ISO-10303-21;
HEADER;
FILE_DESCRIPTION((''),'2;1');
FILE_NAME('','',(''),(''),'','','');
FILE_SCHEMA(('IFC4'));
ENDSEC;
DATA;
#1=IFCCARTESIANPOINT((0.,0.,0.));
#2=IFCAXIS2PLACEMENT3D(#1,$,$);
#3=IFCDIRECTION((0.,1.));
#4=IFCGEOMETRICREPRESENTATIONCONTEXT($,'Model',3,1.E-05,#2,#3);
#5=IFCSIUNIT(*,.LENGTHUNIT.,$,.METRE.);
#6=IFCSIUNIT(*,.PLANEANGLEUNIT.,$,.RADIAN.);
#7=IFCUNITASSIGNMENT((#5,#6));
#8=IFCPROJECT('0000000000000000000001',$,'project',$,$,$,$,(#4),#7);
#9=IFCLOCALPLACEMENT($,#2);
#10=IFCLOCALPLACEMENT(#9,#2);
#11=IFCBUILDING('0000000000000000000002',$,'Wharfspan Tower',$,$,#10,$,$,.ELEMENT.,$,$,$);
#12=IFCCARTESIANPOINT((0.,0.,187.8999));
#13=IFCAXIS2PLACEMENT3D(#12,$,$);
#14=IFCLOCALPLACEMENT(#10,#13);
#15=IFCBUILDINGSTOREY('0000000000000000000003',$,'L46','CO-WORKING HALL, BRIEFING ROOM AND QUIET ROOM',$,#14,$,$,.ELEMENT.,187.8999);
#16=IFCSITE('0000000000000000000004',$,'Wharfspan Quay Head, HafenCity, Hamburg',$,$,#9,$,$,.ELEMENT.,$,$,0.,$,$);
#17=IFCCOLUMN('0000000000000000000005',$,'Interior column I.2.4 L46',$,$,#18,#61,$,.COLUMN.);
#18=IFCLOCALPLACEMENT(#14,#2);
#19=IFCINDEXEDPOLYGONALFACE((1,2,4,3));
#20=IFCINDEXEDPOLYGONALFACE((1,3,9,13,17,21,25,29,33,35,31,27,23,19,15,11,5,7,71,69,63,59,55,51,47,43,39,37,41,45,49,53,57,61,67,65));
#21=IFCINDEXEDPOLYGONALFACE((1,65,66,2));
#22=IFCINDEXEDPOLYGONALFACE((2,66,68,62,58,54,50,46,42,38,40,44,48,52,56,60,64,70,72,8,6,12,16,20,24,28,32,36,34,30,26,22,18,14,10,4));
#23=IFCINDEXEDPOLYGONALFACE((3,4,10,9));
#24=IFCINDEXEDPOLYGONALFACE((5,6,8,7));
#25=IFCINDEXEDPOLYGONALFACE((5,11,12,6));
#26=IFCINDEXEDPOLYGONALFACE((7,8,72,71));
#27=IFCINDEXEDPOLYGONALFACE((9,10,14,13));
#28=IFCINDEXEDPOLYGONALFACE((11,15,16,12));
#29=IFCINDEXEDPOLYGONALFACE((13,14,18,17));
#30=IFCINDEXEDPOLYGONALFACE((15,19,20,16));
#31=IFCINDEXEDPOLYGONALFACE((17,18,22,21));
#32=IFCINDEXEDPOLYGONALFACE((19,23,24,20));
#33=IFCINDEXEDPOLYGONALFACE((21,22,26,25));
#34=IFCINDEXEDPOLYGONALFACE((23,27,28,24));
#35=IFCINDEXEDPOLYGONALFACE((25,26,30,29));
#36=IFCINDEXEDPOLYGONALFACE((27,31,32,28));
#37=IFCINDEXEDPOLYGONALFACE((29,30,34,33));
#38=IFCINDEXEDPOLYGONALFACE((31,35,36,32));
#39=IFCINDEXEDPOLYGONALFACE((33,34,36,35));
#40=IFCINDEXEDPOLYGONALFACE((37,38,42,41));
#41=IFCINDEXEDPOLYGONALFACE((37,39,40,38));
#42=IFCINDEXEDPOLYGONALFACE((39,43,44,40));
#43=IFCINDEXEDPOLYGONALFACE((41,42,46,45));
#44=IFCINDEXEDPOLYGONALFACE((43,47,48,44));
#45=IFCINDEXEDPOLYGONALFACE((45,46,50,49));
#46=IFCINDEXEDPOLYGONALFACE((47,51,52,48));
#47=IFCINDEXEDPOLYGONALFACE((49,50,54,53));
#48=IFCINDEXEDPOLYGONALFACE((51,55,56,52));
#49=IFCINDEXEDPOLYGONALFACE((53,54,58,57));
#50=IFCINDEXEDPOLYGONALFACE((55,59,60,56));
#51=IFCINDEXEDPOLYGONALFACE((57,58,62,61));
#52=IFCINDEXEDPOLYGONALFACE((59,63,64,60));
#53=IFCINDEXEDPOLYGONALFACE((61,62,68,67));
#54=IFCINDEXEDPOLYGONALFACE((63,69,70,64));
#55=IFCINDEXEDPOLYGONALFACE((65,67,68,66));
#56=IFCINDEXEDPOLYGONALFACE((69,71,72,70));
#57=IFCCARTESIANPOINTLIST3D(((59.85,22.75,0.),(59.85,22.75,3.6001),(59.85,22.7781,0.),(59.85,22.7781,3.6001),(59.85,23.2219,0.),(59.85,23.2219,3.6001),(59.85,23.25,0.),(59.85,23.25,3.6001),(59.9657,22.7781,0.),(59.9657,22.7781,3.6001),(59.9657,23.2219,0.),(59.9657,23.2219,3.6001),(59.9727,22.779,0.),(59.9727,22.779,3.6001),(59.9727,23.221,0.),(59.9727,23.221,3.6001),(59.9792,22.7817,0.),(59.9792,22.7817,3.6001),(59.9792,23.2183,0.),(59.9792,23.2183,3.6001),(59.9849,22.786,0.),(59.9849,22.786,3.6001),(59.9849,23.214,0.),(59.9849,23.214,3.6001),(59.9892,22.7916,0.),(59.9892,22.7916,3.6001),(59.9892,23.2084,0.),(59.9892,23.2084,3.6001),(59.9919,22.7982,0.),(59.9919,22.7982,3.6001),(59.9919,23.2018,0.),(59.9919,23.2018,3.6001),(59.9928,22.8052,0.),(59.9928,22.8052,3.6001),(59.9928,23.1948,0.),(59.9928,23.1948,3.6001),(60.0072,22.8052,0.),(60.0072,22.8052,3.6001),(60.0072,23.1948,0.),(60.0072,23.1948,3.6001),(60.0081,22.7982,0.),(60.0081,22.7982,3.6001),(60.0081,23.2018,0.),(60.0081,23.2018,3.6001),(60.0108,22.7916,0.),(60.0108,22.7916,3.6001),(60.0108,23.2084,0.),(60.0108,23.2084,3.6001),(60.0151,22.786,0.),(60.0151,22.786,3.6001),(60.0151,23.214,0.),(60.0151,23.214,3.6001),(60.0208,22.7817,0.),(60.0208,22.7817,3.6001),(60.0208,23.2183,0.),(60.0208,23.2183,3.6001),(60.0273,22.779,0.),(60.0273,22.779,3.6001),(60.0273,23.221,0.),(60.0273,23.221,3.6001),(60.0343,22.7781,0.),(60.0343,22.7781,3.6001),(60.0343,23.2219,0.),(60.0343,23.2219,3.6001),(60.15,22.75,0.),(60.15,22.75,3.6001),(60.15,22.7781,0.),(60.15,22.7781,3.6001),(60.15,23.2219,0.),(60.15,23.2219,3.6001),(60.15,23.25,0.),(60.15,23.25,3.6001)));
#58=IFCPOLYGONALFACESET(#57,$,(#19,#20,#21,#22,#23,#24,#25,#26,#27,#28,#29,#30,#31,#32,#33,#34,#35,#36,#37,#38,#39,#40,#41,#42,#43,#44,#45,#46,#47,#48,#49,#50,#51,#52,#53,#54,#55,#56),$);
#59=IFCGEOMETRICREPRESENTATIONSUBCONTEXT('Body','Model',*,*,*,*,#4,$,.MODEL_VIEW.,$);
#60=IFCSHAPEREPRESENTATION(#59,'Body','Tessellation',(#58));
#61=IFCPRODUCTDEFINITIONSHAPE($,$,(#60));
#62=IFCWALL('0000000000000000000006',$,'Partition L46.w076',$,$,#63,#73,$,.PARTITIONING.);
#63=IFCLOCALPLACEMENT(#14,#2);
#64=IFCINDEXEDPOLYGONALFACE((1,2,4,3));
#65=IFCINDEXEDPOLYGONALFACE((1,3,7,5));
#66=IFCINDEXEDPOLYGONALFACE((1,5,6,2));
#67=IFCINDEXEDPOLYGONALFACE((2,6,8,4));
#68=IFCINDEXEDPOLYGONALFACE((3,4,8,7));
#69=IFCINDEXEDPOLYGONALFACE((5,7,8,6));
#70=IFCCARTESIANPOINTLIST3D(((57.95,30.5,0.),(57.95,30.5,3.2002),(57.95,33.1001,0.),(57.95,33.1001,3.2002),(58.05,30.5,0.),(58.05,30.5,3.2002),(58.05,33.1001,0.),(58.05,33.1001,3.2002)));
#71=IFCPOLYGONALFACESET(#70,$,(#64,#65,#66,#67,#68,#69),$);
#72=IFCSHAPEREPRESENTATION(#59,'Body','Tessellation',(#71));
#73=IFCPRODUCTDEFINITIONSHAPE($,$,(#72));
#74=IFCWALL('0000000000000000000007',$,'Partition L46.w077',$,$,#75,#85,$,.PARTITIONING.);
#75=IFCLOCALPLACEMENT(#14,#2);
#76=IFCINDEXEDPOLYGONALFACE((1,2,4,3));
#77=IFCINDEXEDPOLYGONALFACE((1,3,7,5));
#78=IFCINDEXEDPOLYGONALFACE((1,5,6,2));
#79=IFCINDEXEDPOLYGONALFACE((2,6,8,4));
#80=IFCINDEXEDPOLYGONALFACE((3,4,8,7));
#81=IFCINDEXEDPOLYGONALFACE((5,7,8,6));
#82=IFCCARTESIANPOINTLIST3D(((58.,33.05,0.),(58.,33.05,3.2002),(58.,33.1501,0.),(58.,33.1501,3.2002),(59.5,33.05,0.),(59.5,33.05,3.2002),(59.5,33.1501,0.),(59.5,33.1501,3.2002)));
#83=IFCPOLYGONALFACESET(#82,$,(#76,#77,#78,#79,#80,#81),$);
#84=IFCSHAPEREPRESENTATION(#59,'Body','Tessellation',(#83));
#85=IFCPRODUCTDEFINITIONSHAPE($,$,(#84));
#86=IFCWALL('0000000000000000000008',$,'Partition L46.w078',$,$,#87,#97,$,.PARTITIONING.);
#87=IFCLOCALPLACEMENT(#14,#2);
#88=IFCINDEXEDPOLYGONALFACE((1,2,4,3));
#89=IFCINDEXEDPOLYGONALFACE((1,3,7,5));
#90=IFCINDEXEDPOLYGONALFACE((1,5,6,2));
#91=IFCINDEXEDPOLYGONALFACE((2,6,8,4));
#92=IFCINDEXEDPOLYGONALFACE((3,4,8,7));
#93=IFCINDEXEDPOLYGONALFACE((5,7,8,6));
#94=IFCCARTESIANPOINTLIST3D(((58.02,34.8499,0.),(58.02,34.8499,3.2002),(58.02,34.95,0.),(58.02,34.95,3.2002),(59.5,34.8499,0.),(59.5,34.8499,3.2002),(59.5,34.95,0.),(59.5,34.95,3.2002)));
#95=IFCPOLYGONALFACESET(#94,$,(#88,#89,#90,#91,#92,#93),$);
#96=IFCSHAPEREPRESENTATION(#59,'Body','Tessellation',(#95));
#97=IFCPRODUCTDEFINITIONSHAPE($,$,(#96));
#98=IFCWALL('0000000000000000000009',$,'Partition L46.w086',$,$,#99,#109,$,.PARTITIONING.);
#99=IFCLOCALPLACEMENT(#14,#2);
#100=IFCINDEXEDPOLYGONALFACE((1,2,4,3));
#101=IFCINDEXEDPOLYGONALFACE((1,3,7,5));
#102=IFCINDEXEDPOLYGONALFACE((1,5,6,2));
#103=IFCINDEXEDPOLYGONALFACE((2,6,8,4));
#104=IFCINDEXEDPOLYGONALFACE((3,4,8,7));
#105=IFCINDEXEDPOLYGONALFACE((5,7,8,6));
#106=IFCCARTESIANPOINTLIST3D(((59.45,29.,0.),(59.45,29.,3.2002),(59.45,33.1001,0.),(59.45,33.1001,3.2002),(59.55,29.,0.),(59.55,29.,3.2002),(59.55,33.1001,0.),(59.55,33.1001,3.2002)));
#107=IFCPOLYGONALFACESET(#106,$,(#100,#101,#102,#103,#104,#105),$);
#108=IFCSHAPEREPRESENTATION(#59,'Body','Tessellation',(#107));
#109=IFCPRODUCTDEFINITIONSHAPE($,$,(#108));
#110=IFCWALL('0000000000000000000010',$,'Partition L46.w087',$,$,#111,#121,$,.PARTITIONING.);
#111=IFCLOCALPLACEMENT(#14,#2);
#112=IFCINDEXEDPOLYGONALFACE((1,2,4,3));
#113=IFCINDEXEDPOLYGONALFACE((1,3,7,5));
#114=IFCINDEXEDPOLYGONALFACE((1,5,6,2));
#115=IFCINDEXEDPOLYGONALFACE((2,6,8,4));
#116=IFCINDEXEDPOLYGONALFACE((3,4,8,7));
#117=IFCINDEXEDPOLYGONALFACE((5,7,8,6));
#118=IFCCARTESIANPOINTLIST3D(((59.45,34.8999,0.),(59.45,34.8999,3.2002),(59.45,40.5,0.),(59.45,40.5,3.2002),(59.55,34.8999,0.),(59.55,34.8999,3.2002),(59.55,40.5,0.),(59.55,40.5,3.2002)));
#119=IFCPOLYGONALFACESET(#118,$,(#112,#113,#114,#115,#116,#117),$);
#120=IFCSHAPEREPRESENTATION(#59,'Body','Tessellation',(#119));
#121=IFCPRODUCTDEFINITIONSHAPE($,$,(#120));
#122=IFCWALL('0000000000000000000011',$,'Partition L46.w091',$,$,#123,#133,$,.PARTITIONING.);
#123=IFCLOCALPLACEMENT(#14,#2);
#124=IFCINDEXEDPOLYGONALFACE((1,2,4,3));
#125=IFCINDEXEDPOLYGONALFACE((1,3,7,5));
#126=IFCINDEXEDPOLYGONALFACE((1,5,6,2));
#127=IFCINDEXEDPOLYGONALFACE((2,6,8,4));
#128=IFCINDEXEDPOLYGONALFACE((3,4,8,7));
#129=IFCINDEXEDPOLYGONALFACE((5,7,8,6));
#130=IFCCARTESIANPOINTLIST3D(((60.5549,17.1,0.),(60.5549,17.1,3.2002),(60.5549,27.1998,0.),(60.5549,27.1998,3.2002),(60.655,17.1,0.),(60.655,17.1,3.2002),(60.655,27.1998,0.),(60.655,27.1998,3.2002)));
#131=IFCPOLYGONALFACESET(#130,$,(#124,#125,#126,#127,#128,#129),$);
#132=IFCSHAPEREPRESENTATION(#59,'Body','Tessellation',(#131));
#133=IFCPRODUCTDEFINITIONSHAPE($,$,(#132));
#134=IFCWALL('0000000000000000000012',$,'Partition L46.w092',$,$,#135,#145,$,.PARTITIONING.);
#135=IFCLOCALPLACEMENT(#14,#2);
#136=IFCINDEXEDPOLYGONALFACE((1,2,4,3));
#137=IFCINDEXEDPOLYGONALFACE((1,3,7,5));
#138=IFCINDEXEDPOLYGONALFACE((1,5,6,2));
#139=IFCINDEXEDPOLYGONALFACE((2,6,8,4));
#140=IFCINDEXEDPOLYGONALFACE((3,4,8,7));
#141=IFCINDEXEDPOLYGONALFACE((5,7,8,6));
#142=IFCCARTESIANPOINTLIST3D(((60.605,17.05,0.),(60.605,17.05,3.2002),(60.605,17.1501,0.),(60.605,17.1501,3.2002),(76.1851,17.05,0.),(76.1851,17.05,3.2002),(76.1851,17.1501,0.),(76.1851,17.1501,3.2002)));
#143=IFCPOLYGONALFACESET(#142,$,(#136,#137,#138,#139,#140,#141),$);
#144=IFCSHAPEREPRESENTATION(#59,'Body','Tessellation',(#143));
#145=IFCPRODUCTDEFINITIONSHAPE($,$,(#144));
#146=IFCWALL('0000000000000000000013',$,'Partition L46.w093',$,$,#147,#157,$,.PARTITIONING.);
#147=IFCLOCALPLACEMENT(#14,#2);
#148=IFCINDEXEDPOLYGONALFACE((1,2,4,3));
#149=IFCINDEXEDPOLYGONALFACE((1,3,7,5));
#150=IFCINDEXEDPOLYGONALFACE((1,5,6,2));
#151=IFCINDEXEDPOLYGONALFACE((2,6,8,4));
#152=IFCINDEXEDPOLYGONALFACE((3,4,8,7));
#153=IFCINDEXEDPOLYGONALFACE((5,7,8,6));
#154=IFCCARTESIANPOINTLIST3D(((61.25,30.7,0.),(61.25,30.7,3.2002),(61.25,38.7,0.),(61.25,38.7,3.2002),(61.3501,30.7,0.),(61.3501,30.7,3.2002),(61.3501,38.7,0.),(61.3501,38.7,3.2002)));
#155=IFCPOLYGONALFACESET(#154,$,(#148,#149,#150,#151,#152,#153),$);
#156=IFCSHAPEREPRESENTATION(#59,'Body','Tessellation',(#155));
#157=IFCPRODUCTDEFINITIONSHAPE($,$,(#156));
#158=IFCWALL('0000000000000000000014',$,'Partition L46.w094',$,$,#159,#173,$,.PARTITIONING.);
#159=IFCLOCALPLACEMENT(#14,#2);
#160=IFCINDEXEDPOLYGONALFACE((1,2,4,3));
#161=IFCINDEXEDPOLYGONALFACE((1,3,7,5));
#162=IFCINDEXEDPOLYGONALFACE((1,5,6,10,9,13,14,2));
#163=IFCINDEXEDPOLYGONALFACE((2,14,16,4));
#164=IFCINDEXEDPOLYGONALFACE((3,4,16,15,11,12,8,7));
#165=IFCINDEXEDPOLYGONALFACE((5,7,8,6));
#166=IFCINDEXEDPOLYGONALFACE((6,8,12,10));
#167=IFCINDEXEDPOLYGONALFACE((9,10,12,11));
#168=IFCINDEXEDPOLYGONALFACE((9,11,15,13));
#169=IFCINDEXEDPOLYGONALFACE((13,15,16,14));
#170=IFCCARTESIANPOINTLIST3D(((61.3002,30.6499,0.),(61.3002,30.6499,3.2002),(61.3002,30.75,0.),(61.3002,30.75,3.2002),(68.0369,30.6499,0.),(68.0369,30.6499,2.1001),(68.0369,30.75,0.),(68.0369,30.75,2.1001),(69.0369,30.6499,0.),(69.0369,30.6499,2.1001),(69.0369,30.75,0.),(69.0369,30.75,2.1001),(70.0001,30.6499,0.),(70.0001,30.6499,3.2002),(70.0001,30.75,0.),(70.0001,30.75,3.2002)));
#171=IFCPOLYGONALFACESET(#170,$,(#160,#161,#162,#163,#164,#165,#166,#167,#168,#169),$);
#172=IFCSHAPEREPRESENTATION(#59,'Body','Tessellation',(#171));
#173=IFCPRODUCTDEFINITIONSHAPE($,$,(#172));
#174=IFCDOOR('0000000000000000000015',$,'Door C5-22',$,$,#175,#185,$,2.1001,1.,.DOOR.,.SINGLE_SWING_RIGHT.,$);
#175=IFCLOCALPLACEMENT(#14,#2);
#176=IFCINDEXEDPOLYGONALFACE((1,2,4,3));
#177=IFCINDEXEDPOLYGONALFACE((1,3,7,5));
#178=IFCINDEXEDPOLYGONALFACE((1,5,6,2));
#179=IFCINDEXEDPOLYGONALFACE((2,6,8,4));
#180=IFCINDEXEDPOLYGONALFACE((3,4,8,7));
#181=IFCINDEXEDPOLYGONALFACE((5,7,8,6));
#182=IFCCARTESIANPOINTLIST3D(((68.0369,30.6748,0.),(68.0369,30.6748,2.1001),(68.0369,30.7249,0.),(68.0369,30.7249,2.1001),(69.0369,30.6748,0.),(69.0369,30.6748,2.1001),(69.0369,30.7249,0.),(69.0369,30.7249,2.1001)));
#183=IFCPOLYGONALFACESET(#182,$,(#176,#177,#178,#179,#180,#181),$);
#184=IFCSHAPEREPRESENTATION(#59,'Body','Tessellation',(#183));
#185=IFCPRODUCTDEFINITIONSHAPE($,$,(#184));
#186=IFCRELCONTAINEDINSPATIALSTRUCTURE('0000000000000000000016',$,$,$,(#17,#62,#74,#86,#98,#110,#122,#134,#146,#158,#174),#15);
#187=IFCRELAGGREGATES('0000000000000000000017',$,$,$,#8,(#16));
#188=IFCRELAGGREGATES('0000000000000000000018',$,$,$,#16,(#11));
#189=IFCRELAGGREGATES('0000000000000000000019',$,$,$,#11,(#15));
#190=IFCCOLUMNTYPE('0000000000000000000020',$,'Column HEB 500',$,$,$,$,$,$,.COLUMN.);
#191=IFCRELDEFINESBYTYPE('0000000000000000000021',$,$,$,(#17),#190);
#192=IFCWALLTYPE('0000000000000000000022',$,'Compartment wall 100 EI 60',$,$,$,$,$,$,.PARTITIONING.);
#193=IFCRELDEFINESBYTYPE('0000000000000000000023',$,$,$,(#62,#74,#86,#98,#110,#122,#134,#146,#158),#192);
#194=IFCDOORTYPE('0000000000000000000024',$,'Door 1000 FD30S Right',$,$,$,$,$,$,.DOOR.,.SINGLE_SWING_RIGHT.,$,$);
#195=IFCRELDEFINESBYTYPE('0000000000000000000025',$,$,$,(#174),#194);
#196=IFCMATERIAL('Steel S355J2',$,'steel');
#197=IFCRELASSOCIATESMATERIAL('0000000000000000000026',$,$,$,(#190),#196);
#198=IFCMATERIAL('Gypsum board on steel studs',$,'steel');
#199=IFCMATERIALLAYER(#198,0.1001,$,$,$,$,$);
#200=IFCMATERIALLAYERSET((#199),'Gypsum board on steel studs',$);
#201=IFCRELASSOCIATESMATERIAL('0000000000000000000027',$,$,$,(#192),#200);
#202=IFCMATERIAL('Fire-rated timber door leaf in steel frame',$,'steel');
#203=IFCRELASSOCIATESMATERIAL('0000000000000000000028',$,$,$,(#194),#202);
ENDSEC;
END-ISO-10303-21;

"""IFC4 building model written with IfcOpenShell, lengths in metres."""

from ifc_helpers import new_model, si_unit, direction, frame, frame_2d, origin, origin_2d, place, context, subcontext, project, spatial, rectangle, i_section, extrude, material, layer, layer_set, material_profile, profile_set, type_object, element, fill, save


model = new_model("IFC4")

# Units and contexts
model_context = context("Model", 3, precision=1e-05, world=origin(), true_north=direction((0.0, 1.0)))
body_context = subcontext(model_context, "Body", "Model", "MODEL_VIEW")
ifc_project = project(units=[si_unit("LENGTHUNIT", "METRE"), si_unit("PLANEANGLEUNIT", "RADIAN")], contexts=[model_context])

# Site, building, storey
site_placement = place(None, origin())
site = spatial("IfcSite", under=ifc_project, at=site_placement, Name="Wharfspan Quay Head, HafenCity, Hamburg", CompositionType="ELEMENT", RefElevation=0.0)
building_placement = place(site_placement, origin())
building = spatial("IfcBuilding", under=site, at=building_placement, Name="Wharfspan Tower", CompositionType="ELEMENT")
storey_placement = place(building_placement, frame((0.0, 0.0, 187.8999)))
storey = spatial("IfcBuildingStorey", under=building, at=storey_placement, Name="L46", Description="CO-WORKING HALL, BRIEFING ROOM AND QUIET ROOM", CompositionType="ELEMENT", Elevation=187.8999)

# Column
ifc_material_1 = material(Name="Steel S355J2", Category="steel")
ifc_material_profile = material_profile(ifc_material_1, i_section(OverallWidth=0.3, OverallDepth=0.5, WebThickness=0.0144, FlangeThickness=0.0281, FilletRadius=0.0271, at=origin_2d()))
ifc_profile_set = profile_set([ifc_material_profile], Name="Steel S355J2")
column_type = type_object("IfcColumnType", Name="Column HEB 500", PredefinedType="COLUMN", material=ifc_profile_set)
column_placement = place(storey_placement, frame((60.0, 23.0, 0.0), z_axis=(0.0, 0.0, 1.0), x_axis=(1.0, 0.0, 0.0)))
element("IfcColumn", 1, at=column_placement, inside=storey, type_object=column_type, Name="Interior column I.2.4 L46", PredefinedType="COLUMN", context=body_context, shape_type="SweptSolid", body=[
    extrude(i_section(OverallWidth=0.3, OverallDepth=0.5, WebThickness=0.0144, FlangeThickness=0.0281, FilletRadius=0.0271, at=origin_2d()), origin(), (0.0, 0.0, 1.0), 3.6001),
])

# Walls
ifc_material_2 = material(Name="Gypsum board on steel studs", Category="steel")
ifc_layer_1 = layer(ifc_material_2, 0.1001)
ifc_layer_set_1 = layer_set([ifc_layer_1], Name="Gypsum board on steel studs")
wall_type_1 = type_object("IfcWallType", Name="Compartment wall 100 EI 60", PredefinedType="PARTITIONING", material=ifc_layer_set_1)
wall_1_placement = place(storey_placement, frame((58.0, 30.5, 0.0), z_axis=(0.0, 0.0, 1.0), x_axis=(0.0, 1.0, 0.0)))
element("IfcWall", 2, at=wall_1_placement, inside=storey, type_object=wall_type_1, Name="Partition L46.w076", PredefinedType="PARTITIONING", context=body_context, shape_type="SweptSolid", body=[
    extrude(rectangle(XDim=2.6001, YDim=0.1001, at=frame_2d((1.3, 0.0))), origin(), (0.0, 0.0, 1.0), 3.2002),
])
wall_2_placement = place(storey_placement, frame((58.0, 33.1001, 0.0), z_axis=(0.0, 0.0, 1.0), x_axis=(1.0, 0.0, 0.0)))
element("IfcWall", 3, at=wall_2_placement, inside=storey, type_object=wall_type_1, Name="Partition L46.w077", PredefinedType="PARTITIONING", context=body_context, shape_type="SweptSolid", body=[
    extrude(rectangle(XDim=1.5, YDim=0.1001, at=frame_2d((0.75, 0.0))), origin(), (0.0, 0.0, 1.0), 3.2002),
])
wall_3_placement = place(storey_placement, frame((58.02, 34.8999, 0.0), z_axis=(0.0, 0.0, 1.0), x_axis=(1.0, 0.0, 0.0)))
element("IfcWall", 4, at=wall_3_placement, inside=storey, type_object=wall_type_1, Name="Partition L46.w078", PredefinedType="PARTITIONING", context=body_context, shape_type="SweptSolid", body=[
    extrude(rectangle(XDim=1.48, YDim=0.1001, at=frame_2d((0.74, 0.0))), origin(), (0.0, 0.0, 1.0), 3.2002),
])
wall_4_placement = place(storey_placement, frame((59.5, 29.0, 0.0), z_axis=(0.0, 0.0, 1.0), x_axis=(0.0, 1.0, 0.0)))
element("IfcWall", 5, at=wall_4_placement, inside=storey, type_object=wall_type_1, Name="Partition L46.w086", PredefinedType="PARTITIONING", context=body_context, shape_type="SweptSolid", body=[
    extrude(rectangle(XDim=4.1001, YDim=0.1001, at=frame_2d((2.05, 0.0))), origin(), (0.0, 0.0, 1.0), 3.2002),
])
wall_5_placement = place(storey_placement, frame((59.5, 34.8999, 0.0), z_axis=(0.0, 0.0, 1.0), x_axis=(0.0, 1.0, 0.0)))
element("IfcWall", 6, at=wall_5_placement, inside=storey, type_object=wall_type_1, Name="Partition L46.w087", PredefinedType="PARTITIONING", context=body_context, shape_type="SweptSolid", body=[
    extrude(rectangle(XDim=5.6001, YDim=0.1001, at=frame_2d((2.8, 0.0))), origin(), (0.0, 0.0, 1.0), 3.2002),
])
wall_6_placement = place(storey_placement, frame((60.605, 17.1001, 0.0), z_axis=(0.0, 0.0, 1.0), x_axis=(0.0, 1.0, 0.0)))
element("IfcWall", 7, at=wall_6_placement, inside=storey, type_object=wall_type_1, Name="Partition L46.w091", PredefinedType="PARTITIONING", context=body_context, shape_type="SweptSolid", body=[
    extrude(rectangle(XDim=10.0999, YDim=0.1001, at=frame_2d((5.0498, 0.0))), origin(), (0.0, 0.0, 1.0), 3.2002),
])
wall_7_placement = place(storey_placement, frame((60.605, 17.1001, 0.0), z_axis=(0.0, 0.0, 1.0), x_axis=(1.0, 0.0, 0.0)))
element("IfcWall", 8, at=wall_7_placement, inside=storey, type_object=wall_type_1, Name="Partition L46.w092", PredefinedType="PARTITIONING", context=body_context, shape_type="SweptSolid", body=[
    extrude(rectangle(XDim=15.5801, YDim=0.1001, at=frame_2d((7.79, 0.0))), origin(), (0.0, 0.0, 1.0), 3.2002),
])
wall_8_placement = place(storey_placement, frame((61.3, 30.7, 0.0), z_axis=(0.0, 0.0, 1.0), x_axis=(0.0, 1.0, 0.0)))
element("IfcWall", 9, at=wall_8_placement, inside=storey, type_object=wall_type_1, Name="Partition L46.w093", PredefinedType="PARTITIONING", context=body_context, shape_type="SweptSolid", body=[
    extrude(rectangle(XDim=8.0, YDim=0.1001, at=frame_2d((4.0, 0.0))), origin(), (0.0, 0.0, 1.0), 3.2002),
])

# Wall, opening, door
wall_9_placement = place(storey_placement, frame((61.3, 30.7, 0.0), z_axis=(0.0, 0.0, 1.0), x_axis=(1.0, 0.0, 0.0)))
wall_9 = element("IfcWall", 10, at=wall_9_placement, inside=storey, type_object=wall_type_1, Name="Partition L46.w094", PredefinedType="PARTITIONING", context=body_context, shape_type="SweptSolid", body=[
    extrude(rectangle(XDim=8.7, YDim=0.1001, at=frame_2d((4.3501, 0.0))), origin(), (0.0, 0.0, 1.0), 3.2002),
])
opening_1_placement = place(wall_9_placement, frame((6.7368, 0.0, 0.0)))
opening_1 = element("IfcOpeningElement", 11, at=opening_1_placement, cuts=wall_9, PredefinedType="OPENING", context=body_context, shape_type="SweptSolid", body=[
    extrude(rectangle(XDim=1.0, YDim=2.1001, at=frame_2d((0.5, 1.05))), frame((0.0, 0.0601, 0.0), z_axis=(0.0, -1.0, 0.0), x_axis=(1.0, 0.0, 0.0)), (0.0, 0.0, 1.0), 0.1201),
])
ifc_material_3 = material(Name="Fire-rated timber door leaf in steel frame", Category="steel")
door_type = type_object("IfcDoorType", Name="Door 1000 FD30S Right", OperationType="SINGLE_SWING_RIGHT", PredefinedType="DOOR", material=ifc_material_3)
door_1_placement = place(opening_1_placement, origin())
door_1 = element("IfcDoor", 12, at=door_1_placement, inside=storey, type_object=door_type, Name="Door C5-22", OperationType="SINGLE_SWING_RIGHT", OverallHeight=2.1001, OverallWidth=1.0, PredefinedType="DOOR", context=body_context, shape_type="SweptSolid", body=[
    extrude(rectangle(XDim=1.0, YDim=2.1001, at=frame_2d((0.5, 1.05))), frame((0.0, 0.0249, 0.0), z_axis=(0.0, -1.0, 0.0), x_axis=(1.0, 0.0, 0.0)), (0.0, 0.0, 1.0), 0.05),
])
fill(opening_1, door_1)

save(model, "model.ifc")
